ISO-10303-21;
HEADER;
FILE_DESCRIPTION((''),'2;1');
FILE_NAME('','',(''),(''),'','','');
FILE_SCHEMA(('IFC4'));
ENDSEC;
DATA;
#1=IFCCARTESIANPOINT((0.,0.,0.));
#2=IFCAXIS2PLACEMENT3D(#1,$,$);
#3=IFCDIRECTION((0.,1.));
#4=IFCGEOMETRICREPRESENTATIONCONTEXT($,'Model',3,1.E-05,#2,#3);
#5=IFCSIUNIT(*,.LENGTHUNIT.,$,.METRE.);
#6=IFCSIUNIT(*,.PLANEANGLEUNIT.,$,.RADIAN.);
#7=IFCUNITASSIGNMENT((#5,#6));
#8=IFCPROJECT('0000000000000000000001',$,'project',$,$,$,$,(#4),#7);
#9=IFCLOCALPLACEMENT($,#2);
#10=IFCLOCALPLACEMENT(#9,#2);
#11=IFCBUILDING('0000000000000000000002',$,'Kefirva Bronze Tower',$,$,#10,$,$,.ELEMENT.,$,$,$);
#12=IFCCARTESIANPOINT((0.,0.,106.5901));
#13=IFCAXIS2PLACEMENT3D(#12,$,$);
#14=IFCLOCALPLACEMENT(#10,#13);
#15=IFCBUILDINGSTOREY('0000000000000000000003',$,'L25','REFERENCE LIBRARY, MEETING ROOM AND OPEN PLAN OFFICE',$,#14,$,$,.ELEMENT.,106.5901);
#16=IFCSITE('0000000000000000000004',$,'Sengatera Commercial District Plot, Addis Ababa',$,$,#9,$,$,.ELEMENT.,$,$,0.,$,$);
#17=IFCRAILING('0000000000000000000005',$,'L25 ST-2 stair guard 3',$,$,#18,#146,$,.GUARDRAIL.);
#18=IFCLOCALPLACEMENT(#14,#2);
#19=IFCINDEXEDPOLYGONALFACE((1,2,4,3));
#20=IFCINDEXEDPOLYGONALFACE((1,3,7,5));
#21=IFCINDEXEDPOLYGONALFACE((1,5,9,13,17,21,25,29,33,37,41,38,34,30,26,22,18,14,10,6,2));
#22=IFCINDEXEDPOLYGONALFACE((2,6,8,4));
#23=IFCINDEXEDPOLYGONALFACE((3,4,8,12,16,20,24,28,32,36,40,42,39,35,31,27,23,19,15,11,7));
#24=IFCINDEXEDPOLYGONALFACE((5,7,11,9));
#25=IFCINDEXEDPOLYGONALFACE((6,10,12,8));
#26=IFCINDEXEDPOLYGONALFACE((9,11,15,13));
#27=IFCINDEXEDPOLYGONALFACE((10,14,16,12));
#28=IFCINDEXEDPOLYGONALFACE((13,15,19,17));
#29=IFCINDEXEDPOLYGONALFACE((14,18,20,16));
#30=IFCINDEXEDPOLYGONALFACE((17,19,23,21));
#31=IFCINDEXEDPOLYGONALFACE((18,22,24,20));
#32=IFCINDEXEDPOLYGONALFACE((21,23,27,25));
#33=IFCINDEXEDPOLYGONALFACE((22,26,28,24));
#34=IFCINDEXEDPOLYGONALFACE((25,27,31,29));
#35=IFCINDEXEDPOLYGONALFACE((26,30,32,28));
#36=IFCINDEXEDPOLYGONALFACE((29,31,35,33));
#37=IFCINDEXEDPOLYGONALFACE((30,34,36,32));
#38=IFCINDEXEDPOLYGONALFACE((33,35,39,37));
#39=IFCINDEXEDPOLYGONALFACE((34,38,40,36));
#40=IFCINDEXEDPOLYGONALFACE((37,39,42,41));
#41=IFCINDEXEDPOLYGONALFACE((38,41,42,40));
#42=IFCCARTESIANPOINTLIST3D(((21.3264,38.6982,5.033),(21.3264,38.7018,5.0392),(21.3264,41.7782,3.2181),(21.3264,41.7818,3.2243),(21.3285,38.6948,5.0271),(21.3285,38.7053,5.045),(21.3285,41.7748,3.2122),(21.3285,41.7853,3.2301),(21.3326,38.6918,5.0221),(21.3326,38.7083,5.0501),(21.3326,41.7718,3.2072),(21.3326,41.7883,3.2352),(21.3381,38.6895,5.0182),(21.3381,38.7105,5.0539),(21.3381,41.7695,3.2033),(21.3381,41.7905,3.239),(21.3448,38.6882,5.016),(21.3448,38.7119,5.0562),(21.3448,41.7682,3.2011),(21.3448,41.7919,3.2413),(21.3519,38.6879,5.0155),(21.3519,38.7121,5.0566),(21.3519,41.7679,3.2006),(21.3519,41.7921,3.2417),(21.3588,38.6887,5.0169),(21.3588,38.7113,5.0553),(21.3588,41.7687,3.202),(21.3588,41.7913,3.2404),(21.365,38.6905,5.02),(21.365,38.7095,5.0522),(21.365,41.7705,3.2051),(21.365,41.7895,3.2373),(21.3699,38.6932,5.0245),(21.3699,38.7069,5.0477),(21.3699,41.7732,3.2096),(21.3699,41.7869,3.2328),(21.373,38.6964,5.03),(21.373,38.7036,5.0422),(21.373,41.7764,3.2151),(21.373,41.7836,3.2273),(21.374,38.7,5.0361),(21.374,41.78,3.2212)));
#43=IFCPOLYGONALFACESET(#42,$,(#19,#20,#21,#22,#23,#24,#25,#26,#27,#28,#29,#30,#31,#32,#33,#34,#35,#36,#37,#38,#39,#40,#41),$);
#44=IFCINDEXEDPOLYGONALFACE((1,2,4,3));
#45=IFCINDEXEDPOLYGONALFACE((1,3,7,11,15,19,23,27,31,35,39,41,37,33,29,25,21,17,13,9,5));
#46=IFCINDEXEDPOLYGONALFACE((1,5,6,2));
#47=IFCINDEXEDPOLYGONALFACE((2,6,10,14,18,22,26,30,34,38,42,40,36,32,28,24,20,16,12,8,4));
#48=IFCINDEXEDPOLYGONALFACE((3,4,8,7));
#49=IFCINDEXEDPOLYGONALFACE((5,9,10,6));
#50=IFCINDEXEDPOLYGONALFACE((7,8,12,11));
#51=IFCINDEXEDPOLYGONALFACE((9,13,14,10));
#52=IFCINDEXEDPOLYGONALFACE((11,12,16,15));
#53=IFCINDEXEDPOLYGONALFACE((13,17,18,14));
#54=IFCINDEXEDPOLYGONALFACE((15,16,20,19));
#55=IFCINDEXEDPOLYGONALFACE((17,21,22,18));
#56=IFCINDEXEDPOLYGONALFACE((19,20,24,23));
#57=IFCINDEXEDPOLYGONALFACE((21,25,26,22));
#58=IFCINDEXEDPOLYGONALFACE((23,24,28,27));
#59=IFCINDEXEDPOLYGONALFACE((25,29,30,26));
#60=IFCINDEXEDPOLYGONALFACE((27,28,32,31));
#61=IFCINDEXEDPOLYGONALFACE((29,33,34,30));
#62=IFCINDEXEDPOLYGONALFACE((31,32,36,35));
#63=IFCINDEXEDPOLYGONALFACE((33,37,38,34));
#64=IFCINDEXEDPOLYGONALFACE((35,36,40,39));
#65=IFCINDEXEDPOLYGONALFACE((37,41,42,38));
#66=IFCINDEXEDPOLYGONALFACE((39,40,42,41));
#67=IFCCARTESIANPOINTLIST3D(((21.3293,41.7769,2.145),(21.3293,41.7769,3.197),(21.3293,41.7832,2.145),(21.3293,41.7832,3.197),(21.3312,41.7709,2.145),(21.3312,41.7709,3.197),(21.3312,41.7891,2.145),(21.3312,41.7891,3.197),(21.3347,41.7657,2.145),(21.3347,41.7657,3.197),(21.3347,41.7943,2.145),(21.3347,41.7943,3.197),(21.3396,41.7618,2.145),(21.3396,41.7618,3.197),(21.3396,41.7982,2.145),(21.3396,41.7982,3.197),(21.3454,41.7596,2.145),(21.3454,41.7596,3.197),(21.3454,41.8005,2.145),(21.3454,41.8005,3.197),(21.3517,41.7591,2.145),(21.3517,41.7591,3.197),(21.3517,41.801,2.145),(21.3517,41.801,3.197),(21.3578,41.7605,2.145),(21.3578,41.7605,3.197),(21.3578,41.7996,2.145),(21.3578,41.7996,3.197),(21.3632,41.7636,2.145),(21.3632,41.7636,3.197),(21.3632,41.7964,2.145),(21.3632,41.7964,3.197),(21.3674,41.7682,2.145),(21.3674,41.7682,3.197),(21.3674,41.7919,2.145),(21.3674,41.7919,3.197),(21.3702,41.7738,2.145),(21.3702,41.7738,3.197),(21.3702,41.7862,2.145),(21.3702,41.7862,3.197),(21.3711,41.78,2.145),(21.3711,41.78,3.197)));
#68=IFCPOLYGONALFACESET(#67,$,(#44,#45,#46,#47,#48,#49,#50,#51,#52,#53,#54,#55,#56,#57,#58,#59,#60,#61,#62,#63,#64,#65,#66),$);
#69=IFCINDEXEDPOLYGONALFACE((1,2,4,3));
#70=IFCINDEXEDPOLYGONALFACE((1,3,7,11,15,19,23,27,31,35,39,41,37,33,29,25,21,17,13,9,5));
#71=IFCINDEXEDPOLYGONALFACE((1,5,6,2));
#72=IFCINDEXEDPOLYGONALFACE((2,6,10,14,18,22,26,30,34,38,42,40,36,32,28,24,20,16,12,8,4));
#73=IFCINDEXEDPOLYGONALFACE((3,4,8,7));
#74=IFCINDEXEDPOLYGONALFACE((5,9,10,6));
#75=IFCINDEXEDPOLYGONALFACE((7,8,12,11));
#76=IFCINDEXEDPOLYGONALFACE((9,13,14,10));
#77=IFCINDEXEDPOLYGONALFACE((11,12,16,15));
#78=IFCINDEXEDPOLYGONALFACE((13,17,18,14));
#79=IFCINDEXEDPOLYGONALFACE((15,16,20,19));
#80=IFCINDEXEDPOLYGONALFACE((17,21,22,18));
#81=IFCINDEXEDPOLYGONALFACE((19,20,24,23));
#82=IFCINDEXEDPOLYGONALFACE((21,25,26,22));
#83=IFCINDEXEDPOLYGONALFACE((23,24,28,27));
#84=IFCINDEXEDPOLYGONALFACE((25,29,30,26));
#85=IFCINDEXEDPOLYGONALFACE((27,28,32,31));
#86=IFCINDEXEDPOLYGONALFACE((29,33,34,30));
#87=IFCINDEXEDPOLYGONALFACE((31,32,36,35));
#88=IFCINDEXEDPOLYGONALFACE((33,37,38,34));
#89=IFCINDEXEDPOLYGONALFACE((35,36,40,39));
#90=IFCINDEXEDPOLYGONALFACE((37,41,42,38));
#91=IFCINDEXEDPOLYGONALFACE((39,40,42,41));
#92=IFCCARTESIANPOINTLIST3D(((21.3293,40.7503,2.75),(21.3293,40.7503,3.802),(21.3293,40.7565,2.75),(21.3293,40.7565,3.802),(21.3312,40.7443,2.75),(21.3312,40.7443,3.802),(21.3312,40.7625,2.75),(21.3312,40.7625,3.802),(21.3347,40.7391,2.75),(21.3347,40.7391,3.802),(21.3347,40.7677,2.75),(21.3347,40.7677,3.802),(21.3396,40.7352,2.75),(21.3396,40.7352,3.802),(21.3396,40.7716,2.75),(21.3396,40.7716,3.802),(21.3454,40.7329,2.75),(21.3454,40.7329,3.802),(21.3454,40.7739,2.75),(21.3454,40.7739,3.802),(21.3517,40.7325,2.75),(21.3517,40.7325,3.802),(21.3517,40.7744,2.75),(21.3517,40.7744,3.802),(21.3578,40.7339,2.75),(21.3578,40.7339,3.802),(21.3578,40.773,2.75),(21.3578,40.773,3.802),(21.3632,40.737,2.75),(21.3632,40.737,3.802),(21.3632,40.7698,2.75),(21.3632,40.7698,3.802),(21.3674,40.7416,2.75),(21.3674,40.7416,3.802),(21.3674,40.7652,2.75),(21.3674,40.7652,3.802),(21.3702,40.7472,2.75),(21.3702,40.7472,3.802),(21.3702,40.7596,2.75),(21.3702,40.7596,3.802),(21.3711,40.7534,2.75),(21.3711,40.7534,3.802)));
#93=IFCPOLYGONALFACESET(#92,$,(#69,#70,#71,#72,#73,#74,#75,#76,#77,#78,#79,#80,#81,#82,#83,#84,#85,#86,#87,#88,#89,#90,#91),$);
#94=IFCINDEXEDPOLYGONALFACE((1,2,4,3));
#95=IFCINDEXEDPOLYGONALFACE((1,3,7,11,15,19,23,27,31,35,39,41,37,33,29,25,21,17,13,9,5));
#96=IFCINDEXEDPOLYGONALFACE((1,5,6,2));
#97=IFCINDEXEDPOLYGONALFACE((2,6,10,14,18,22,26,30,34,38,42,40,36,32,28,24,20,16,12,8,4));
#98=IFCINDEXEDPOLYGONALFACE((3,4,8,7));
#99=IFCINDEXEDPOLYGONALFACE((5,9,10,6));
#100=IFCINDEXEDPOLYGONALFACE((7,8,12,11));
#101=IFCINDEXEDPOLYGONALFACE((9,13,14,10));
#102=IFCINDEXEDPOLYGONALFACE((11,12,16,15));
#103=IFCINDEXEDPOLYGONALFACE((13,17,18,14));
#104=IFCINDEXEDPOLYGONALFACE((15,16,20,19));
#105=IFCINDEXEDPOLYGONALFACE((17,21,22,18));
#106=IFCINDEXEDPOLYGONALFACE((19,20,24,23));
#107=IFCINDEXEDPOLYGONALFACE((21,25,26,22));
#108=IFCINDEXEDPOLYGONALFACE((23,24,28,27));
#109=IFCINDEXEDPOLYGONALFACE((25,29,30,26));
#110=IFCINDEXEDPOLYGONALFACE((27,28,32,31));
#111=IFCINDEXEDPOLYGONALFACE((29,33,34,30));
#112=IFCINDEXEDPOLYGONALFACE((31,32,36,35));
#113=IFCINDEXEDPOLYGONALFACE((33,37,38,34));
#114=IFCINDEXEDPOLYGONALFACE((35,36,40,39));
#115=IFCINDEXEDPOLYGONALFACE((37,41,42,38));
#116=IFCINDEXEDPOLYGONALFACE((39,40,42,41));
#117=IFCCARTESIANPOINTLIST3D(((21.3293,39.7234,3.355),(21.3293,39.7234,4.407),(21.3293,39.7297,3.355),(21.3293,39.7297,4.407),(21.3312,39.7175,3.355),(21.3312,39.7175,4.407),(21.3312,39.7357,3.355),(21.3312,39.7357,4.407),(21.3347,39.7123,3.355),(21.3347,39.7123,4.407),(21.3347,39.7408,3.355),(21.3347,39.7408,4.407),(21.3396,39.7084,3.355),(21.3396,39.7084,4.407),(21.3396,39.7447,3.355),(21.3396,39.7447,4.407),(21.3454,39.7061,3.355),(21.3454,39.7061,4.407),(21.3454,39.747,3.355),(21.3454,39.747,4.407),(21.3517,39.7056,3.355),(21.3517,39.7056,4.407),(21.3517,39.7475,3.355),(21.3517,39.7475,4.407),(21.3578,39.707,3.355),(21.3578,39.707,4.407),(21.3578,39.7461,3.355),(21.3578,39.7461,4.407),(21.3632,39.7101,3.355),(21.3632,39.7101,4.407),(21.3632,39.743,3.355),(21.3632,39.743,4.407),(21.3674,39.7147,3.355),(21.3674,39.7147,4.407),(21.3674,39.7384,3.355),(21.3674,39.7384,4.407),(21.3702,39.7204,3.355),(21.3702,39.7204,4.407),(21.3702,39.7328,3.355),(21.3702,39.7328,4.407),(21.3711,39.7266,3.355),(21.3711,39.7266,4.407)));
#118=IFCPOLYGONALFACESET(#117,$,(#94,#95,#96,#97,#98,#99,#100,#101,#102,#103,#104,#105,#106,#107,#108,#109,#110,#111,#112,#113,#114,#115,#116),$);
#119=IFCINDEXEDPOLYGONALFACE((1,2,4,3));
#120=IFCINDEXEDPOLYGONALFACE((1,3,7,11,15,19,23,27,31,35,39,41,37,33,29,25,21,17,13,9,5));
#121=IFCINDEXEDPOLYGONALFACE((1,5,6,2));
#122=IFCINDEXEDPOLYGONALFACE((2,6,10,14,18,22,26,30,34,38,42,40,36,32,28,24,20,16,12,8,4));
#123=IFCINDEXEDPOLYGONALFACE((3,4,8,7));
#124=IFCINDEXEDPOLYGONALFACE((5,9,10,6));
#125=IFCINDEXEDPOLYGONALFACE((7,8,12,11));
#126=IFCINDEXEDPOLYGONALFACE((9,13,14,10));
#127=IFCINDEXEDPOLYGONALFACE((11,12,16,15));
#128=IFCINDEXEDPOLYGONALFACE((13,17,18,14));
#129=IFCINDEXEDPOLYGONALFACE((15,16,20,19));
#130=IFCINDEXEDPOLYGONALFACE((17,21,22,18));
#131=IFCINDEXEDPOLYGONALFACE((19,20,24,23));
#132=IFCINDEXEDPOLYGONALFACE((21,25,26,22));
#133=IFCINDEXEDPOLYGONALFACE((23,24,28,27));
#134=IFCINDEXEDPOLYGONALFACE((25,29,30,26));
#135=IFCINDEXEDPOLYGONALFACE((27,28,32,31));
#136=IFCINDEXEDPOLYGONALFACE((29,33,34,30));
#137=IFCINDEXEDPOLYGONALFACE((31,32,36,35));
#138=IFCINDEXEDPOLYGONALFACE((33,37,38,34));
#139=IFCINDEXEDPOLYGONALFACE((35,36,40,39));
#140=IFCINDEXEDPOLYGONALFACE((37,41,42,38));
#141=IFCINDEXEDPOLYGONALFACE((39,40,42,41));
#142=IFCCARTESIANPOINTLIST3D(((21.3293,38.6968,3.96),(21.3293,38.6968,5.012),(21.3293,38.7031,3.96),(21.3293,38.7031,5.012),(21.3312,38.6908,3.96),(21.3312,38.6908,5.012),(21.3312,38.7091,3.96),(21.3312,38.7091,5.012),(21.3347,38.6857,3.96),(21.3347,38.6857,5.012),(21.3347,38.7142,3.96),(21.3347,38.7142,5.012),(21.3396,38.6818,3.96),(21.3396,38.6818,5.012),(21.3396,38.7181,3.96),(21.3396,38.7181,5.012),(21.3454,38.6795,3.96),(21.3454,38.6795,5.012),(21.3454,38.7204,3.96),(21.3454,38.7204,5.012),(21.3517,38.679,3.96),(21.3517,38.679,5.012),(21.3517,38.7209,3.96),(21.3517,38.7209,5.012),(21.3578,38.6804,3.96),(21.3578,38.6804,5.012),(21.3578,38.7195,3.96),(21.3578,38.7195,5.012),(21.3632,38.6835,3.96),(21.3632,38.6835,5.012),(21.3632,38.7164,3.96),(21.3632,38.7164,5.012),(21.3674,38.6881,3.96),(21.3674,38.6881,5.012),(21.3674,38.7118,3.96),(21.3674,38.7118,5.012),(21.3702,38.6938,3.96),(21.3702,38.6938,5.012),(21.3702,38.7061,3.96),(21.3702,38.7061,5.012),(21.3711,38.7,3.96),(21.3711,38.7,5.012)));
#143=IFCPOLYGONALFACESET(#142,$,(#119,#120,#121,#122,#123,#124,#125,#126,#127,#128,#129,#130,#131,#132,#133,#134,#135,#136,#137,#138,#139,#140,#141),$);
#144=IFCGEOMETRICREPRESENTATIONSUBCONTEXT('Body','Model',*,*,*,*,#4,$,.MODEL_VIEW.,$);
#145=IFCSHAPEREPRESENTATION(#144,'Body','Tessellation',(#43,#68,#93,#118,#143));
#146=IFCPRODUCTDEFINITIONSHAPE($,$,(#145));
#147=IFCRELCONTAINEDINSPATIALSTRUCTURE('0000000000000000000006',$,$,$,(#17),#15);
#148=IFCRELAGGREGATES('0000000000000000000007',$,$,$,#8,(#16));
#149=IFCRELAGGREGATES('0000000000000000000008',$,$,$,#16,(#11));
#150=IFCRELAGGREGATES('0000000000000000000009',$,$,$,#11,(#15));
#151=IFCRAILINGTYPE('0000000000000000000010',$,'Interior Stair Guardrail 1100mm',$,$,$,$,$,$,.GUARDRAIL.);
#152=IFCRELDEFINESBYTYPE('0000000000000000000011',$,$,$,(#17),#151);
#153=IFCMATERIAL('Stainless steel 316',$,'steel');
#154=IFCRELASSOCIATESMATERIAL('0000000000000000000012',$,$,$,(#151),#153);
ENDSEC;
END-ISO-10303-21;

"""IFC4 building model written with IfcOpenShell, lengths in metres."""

from ifc_helpers import new_model, si_unit, direction, frame, origin, origin_2d, place, context, subcontext, project, spatial, circle, extrude, material, type_object, element, save


model = new_model("IFC4")

# Units and contexts
model_context = context("Model", 3, precision=1e-05, world=origin(), true_north=direction((0.0, 1.0)))
body_context = subcontext(model_context, "Body", "Model", "MODEL_VIEW")
ifc_project = project(units=[si_unit("LENGTHUNIT", "METRE"), si_unit("PLANEANGLEUNIT", "RADIAN")], contexts=[model_context])

# Site, building, storey
site_placement = place(None, origin())
site = spatial("IfcSite", under=ifc_project, at=site_placement, Name="Sengatera Commercial District Plot, Addis Ababa", CompositionType="ELEMENT", RefElevation=0.0)
building_placement = place(site_placement, origin())
building = spatial("IfcBuilding", under=site, at=building_placement, Name="Kefirva Bronze Tower", CompositionType="ELEMENT")
storey_placement = place(building_placement, frame((0.0, 0.0, 106.5901)))
storey = spatial("IfcBuildingStorey", under=building, at=storey_placement, Name="L25", Description="REFERENCE LIBRARY, MEETING ROOM AND OPEN PLAN OFFICE", CompositionType="ELEMENT", Elevation=106.5901)

# Railing
ifc_material_1 = material(Name="Stainless steel 316", Category="steel")
railing_type_1 = type_object("IfcRailingType", Name="Interior Stair Guardrail 1100mm", PredefinedType="GUARDRAIL", material=ifc_material_1)
railing_1_placement = place(storey_placement, frame((21.3501, 41.78, 2.145)))
element("IfcRailing", 1, at=railing_1_placement, inside=storey, type_object=railing_type_1, Name="L25 ST-2 stair guard 3", PredefinedType="GUARDRAIL", context=body_context, shape_type="SweptSolid", body=[
    extrude(circle(Radius=0.0239, at=origin_2d()), frame((0.0, 0.0, 1.0762), z_axis=(0.0, -0.861551, 0.507671), x_axis=(1.0, 0.0, 0.0)), (0.0, 0.0, 1.0), 3.575),
    extrude(circle(Radius=0.021, at=origin_2d()), origin(), (0.0, 0.0, 1.0), 1.052),
    extrude(circle(Radius=0.021, at=origin_2d()), frame((0.0, -1.0266, 0.605)), (0.0, 0.0, 1.0), 1.052),
    extrude(circle(Radius=0.021, at=origin_2d()), frame((0.0, -2.0535, 1.21)), (0.0, 0.0, 1.0), 1.052),
    extrude(circle(Radius=0.021, at=origin_2d()), frame((0.0, -3.0801, 1.8149)), (0.0, 0.0, 1.0), 1.052),
])

save(model, "model.ifc")
